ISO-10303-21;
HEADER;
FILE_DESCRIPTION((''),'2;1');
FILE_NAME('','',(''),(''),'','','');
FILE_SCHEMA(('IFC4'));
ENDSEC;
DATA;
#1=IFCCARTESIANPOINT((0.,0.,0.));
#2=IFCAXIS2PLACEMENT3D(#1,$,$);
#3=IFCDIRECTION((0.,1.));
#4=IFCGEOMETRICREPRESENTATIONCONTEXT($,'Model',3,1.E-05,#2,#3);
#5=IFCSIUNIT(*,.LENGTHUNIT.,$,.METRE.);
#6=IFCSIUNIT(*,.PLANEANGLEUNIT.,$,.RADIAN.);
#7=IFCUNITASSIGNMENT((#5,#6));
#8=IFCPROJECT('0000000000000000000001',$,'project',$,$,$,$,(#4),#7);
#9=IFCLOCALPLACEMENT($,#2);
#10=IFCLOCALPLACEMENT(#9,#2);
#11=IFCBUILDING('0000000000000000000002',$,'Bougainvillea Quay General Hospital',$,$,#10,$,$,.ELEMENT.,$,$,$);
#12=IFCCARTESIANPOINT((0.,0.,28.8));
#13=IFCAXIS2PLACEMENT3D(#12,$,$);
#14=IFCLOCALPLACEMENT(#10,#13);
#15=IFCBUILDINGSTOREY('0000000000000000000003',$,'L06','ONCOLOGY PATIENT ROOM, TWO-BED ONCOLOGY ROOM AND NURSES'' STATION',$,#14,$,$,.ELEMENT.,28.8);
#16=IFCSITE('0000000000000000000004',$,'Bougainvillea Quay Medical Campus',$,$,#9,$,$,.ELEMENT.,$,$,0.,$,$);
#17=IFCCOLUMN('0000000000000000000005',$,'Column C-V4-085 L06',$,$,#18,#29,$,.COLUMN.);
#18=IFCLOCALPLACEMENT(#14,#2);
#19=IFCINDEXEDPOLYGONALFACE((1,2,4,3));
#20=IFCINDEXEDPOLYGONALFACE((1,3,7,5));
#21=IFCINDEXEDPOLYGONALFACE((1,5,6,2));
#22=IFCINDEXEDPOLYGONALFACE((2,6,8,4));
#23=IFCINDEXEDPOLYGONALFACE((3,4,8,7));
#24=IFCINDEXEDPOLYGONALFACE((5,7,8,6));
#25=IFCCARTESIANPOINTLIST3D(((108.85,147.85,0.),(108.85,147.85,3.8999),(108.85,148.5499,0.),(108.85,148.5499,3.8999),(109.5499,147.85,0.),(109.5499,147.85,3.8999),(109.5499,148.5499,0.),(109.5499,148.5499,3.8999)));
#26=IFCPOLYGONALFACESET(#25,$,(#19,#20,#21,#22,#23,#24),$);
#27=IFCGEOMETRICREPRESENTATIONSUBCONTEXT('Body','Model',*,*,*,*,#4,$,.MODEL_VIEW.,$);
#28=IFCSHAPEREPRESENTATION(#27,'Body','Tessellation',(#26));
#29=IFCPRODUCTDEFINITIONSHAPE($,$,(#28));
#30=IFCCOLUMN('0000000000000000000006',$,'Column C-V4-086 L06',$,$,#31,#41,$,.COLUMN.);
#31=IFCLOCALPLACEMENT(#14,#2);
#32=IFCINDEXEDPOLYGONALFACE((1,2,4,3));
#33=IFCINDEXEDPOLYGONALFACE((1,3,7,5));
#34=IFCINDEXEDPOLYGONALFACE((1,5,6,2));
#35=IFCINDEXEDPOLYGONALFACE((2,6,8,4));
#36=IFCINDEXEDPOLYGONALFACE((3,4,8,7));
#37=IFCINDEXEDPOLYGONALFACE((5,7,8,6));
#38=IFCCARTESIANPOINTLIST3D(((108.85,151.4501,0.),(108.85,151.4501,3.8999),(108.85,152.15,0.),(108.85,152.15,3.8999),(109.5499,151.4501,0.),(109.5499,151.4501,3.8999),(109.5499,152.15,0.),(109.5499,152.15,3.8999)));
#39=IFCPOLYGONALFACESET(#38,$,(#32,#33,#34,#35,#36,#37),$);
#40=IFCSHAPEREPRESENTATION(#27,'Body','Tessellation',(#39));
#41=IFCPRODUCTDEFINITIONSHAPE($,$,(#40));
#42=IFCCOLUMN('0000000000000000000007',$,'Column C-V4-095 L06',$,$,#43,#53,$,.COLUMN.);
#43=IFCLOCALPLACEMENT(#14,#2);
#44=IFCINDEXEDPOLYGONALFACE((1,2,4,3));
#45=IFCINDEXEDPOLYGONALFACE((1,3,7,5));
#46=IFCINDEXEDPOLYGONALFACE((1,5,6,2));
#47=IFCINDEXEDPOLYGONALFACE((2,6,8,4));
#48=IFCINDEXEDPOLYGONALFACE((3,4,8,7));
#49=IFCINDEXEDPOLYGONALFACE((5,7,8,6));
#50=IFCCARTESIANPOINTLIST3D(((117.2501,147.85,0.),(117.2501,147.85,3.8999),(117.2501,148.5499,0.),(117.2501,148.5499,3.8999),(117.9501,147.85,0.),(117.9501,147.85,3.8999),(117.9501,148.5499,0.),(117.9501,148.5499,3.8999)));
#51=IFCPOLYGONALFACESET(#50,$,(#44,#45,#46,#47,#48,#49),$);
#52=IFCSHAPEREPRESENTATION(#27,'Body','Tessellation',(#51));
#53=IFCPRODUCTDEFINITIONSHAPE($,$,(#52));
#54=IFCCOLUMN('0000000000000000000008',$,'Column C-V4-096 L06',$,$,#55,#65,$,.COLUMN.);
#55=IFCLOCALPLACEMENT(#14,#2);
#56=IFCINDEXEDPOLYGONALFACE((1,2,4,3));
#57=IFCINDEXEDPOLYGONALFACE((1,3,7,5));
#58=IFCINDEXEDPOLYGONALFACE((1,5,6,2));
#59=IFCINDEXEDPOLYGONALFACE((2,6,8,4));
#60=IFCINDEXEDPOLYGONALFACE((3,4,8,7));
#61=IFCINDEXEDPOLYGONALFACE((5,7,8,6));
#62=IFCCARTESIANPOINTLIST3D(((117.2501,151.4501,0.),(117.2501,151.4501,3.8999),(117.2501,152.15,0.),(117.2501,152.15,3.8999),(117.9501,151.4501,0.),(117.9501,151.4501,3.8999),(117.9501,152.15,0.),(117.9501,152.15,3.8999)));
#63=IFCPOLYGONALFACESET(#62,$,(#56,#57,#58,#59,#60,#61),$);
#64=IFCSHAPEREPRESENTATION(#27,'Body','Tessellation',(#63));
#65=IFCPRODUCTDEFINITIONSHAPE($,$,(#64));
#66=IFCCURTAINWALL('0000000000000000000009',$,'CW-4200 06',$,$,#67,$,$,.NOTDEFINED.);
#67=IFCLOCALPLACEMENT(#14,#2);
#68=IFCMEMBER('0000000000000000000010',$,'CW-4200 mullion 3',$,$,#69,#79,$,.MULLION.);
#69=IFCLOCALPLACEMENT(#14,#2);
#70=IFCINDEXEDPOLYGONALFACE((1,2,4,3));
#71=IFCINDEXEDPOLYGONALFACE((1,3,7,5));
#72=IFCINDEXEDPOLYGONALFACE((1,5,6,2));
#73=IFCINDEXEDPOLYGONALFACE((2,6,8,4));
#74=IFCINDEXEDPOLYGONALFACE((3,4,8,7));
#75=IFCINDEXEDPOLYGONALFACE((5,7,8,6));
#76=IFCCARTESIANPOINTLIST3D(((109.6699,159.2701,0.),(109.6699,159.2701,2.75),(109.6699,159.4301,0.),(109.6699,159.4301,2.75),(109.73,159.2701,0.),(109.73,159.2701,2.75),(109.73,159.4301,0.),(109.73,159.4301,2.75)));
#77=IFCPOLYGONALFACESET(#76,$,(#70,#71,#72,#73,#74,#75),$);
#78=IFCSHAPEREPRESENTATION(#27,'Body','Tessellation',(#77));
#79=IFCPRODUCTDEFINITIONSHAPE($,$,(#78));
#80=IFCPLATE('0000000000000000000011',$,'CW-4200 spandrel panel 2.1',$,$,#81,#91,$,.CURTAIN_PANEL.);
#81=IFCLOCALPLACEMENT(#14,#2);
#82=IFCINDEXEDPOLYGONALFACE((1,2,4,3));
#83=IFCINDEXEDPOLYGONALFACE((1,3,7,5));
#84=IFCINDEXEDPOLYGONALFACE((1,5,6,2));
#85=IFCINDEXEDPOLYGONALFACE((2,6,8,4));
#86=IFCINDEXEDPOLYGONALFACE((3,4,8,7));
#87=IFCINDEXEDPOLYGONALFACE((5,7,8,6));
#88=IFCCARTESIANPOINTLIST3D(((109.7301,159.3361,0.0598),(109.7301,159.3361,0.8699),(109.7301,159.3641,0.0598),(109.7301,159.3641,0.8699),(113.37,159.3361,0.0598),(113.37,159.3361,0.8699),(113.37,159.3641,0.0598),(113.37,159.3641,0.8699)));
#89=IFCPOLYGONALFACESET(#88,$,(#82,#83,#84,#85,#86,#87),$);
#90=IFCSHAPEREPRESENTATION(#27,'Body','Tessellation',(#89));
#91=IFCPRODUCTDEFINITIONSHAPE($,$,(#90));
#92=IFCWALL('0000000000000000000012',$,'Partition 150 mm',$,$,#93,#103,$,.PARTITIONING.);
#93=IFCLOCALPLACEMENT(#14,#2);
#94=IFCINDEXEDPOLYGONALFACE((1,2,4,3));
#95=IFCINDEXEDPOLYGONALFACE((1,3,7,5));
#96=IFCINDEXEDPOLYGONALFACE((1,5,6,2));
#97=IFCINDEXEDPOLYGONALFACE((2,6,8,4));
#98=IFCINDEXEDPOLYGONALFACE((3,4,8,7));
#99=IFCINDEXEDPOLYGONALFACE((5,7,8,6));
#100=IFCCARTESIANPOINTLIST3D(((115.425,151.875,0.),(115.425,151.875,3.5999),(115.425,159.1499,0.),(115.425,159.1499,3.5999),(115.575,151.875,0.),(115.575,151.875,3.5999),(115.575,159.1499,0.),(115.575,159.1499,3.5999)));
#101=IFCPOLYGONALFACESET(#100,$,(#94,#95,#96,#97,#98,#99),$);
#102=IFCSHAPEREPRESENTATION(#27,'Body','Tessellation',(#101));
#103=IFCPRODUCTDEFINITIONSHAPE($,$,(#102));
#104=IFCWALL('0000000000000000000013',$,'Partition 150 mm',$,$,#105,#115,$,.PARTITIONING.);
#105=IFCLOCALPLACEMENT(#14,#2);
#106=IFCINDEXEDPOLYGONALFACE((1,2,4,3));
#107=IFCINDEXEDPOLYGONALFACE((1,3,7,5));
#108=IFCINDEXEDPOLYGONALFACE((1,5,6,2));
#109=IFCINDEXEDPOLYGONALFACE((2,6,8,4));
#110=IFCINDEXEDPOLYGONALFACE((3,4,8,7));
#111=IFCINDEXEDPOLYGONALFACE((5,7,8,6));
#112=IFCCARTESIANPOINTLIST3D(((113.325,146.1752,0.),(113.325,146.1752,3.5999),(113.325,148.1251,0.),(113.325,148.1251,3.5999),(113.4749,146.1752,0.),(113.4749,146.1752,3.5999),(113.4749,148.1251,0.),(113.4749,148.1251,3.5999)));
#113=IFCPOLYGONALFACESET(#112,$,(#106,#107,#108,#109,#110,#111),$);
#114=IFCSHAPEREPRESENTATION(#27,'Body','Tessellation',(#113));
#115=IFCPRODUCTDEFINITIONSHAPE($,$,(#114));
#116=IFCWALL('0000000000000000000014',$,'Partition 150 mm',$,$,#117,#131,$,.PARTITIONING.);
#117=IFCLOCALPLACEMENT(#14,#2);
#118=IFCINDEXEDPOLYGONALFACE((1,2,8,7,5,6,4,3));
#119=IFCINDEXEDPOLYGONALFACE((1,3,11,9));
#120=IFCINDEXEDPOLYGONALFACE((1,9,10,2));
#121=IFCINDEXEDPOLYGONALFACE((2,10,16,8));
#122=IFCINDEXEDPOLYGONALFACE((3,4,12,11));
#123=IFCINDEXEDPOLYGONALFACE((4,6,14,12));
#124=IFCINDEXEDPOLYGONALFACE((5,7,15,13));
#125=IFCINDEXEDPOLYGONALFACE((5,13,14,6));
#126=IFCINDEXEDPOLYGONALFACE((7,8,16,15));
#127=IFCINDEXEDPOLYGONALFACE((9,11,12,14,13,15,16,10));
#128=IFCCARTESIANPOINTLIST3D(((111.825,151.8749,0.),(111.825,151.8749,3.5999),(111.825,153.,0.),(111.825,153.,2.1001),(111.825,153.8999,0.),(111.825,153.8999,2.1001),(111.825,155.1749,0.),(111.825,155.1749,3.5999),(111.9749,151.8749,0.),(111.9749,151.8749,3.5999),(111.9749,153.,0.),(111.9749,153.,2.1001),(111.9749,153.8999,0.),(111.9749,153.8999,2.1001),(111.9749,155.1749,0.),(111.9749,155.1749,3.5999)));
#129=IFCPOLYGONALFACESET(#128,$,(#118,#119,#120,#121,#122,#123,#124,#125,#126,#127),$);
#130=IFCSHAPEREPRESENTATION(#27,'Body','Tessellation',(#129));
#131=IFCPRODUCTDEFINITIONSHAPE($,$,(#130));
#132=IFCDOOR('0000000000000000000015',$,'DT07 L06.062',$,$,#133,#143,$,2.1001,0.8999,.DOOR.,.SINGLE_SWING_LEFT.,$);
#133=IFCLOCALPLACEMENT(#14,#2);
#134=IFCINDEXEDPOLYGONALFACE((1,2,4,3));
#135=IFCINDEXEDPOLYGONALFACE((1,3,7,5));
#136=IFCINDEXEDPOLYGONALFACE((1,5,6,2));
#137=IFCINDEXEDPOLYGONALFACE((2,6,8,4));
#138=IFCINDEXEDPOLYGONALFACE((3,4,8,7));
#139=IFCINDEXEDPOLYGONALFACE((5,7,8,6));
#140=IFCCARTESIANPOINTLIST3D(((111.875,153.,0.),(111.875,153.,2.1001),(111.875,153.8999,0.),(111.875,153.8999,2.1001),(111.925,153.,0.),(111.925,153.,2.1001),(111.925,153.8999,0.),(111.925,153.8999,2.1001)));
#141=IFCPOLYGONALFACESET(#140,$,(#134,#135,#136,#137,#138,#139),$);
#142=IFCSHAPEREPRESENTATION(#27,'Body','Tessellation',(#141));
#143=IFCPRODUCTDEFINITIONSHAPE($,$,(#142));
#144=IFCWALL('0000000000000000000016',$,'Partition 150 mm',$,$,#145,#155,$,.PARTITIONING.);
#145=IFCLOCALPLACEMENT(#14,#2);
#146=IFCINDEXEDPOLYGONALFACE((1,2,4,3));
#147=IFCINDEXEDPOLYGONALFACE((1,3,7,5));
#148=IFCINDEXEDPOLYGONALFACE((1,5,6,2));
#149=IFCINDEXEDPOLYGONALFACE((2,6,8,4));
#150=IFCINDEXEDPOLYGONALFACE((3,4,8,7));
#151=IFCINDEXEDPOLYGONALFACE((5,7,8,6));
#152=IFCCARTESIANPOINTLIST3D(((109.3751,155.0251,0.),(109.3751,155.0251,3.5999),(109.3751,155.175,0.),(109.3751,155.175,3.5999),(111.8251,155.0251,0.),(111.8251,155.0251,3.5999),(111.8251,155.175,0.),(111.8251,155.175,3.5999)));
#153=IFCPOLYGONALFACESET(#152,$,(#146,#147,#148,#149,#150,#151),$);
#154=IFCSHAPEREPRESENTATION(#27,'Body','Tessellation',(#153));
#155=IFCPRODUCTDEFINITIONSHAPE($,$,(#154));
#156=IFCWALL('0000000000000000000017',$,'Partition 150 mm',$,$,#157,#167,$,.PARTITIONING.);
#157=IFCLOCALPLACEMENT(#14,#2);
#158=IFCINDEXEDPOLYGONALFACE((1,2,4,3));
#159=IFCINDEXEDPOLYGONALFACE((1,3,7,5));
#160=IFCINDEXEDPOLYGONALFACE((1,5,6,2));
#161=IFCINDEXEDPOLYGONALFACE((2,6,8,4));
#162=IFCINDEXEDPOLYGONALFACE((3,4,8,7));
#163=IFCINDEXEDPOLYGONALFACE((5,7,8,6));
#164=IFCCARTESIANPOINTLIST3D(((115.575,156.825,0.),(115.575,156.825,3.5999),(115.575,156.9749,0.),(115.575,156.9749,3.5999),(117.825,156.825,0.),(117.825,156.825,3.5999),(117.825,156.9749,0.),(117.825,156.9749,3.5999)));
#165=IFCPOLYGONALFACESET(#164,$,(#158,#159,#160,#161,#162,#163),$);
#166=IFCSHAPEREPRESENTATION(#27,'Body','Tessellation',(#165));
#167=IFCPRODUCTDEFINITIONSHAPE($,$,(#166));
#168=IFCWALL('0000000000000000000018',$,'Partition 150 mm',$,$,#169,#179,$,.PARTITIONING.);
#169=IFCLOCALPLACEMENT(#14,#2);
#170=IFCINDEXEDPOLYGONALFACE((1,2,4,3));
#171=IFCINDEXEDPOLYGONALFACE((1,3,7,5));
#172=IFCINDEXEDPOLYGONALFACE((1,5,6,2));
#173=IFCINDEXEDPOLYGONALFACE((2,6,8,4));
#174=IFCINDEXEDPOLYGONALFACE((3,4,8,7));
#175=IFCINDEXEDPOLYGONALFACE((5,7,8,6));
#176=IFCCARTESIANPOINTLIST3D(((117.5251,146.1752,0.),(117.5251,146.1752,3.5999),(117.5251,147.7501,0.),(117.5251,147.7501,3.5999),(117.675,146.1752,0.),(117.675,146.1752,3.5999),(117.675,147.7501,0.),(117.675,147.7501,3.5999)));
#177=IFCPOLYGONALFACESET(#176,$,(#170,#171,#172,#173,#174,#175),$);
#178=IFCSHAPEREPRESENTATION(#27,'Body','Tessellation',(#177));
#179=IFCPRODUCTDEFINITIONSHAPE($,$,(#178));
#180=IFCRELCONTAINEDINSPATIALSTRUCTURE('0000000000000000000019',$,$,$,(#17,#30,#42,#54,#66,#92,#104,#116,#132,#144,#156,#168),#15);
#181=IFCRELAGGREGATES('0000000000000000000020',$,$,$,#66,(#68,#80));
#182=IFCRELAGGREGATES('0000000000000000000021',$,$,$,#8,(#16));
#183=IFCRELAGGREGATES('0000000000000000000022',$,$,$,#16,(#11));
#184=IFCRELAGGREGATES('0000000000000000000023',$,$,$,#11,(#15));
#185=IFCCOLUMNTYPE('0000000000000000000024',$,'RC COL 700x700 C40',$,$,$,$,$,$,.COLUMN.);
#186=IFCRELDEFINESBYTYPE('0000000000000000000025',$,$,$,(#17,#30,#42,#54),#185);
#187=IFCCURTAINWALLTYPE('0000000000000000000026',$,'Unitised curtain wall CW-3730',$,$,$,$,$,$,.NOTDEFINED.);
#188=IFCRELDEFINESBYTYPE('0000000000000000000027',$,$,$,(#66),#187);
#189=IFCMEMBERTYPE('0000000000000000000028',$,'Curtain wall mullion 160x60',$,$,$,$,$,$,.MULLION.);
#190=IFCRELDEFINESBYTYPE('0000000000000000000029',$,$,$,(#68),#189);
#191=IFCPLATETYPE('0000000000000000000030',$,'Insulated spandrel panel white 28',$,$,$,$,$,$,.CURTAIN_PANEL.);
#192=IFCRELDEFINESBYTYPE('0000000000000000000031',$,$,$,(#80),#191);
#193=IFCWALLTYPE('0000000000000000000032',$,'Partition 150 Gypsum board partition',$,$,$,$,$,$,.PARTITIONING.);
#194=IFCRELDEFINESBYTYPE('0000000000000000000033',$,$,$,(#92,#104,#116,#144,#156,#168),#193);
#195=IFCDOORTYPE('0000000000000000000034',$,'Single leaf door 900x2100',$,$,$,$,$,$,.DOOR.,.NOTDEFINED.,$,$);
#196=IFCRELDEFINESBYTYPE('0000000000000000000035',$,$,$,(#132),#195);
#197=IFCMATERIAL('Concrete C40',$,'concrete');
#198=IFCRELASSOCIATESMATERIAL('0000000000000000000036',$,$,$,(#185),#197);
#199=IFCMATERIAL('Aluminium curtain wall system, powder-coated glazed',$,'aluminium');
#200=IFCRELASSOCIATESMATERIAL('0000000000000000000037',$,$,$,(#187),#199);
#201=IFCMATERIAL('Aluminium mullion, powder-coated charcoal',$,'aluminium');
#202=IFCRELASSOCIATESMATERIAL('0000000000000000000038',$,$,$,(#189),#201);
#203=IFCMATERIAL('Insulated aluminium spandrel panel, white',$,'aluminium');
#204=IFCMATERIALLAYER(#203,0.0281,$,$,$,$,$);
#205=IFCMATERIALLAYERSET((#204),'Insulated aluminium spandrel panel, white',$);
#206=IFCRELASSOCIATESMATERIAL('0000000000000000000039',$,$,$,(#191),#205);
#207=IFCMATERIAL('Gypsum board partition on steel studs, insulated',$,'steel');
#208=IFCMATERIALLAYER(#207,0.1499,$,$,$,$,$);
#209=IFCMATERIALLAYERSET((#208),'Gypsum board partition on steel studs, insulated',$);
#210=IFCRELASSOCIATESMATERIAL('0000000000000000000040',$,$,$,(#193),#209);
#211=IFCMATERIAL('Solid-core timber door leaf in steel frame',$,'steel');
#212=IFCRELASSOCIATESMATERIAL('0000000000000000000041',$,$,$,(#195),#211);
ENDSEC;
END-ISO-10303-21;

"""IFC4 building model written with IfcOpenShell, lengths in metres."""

from ifc_helpers import new_model, si_unit, direction, frame, frame_2d, origin, origin_2d, place, context, subcontext, project, spatial, rectangle, extrude, material, layer, layer_set, material_profile, profile_set, type_object, element, fill, aggregate, save


model = new_model("IFC4")

# Units and contexts
model_context = context("Model", 3, precision=1e-05, world=origin(), true_north=direction((0.0, 1.0)))
body_context = subcontext(model_context, "Body", "Model", "MODEL_VIEW")
ifc_project = project(units=[si_unit("LENGTHUNIT", "METRE"), si_unit("PLANEANGLEUNIT", "RADIAN")], contexts=[model_context])

# Site, building, storey
site_placement = place(None, origin())
site = spatial("IfcSite", under=ifc_project, at=site_placement, Name="Bougainvillea Quay Medical Campus", CompositionType="ELEMENT", RefElevation=0.0)
building_placement = place(site_placement, origin())
building = spatial("IfcBuilding", under=site, at=building_placement, Name="Bougainvillea Quay General Hospital", CompositionType="ELEMENT")
storey_placement = place(building_placement, frame((0.0, 0.0, 28.8)))
storey = spatial("IfcBuildingStorey", under=building, at=storey_placement, Name="L06", Description="ONCOLOGY PATIENT ROOM, TWO-BED ONCOLOGY ROOM AND NURSES' STATION", CompositionType="ELEMENT", Elevation=28.8)

# Columns
ifc_material_1 = material(Name="Concrete C40", Category="concrete")
ifc_material_profile_1 = material_profile(ifc_material_1, rectangle(XDim=0.7, YDim=0.7, at=origin_2d()))
ifc_profile_set_1 = profile_set([ifc_material_profile_1], Name="Concrete C40")
column_type = type_object("IfcColumnType", Name="RC COL 700x700 C40", PredefinedType="COLUMN", material=ifc_profile_set_1)
for number, where, z_axis, x_axis, name in (
    (1, (109.2, 148.2, 0.0), (0.0, 0.0, 1.0), (1.0, 0.0, 0.0), "Column C-V4-085 L06"),
    (2, (109.2, 151.8, 0.0), (0.0, 0.0, 1.0), (1.0, 0.0, 0.0), "Column C-V4-086 L06"),
    (3, (117.6001, 148.2, 0.0), (0.0, 0.0, 1.0), (1.0, 0.0, 0.0), "Column C-V4-095 L06"),
    (4, (117.6001, 151.8, 0.0), (0.0, 0.0, 1.0), (1.0, 0.0, 0.0), "Column C-V4-096 L06"),
):
    element("IfcColumn", number, at=place(storey_placement, frame(where, z_axis=z_axis, x_axis=x_axis)), inside=storey, type_object=column_type, Name=name, PredefinedType="COLUMN", context=body_context, shape_type="SweptSolid", body=[
        extrude(rectangle(XDim=0.7, YDim=0.7, at=origin_2d()), origin(), (0.0, 0.0, 1.0), 3.8999),
    ])

# Curtain wall, member, plate
ifc_material_2 = material(Name="Aluminium curtain wall system, powder-coated glazed", Category="aluminium")
curtain_wall_type = type_object("IfcCurtainWallType", Name="Unitised curtain wall CW-3730", PredefinedType="NOTDEFINED", material=ifc_material_2)
curtain_wall_placement = place(storey_placement, origin())
curtain_wall = element("IfcCurtainWall", 5, at=curtain_wall_placement, inside=storey, type_object=curtain_wall_type, Name="CW-4200 06", PredefinedType="NOTDEFINED")
ifc_material_3 = material(Name="Aluminium mullion, powder-coated charcoal", Category="aluminium")
ifc_material_profile_2 = material_profile(ifc_material_3, rectangle(XDim=0.1599, YDim=0.0601, at=origin_2d()))
ifc_profile_set_2 = profile_set([ifc_material_profile_2], Name="Aluminium mullion, powder-coated charcoal")
member_type = type_object("IfcMemberType", Name="Curtain wall mullion 160x60", PredefinedType="MULLION", material=ifc_profile_set_2)
member_placement = place(storey_placement, frame((109.7, 159.3501, 0.0), z_axis=(0.0, 0.0, 1.0), x_axis=(0.0, -1.0, 0.0)))
member = element("IfcMember", 6, at=member_placement, type_object=member_type, Name="CW-4200 mullion 3", PredefinedType="MULLION", context=body_context, shape_type="SweptSolid", body=[
    extrude(rectangle(XDim=0.1599, YDim=0.0601, at=origin_2d()), origin(), (0.0, 0.0, 1.0), 2.75),
])
ifc_material_4 = material(Name="Insulated aluminium spandrel panel, white", Category="aluminium")
ifc_layer_1 = layer(ifc_material_4, 0.0281)
ifc_layer_set_1 = layer_set([ifc_layer_1], Name="Insulated aluminium spandrel panel, white")
plate_type = type_object("IfcPlateType", Name="Insulated spandrel panel white 28", PredefinedType="CURTAIN_PANEL", material=ifc_layer_set_1)
plate_placement = place(storey_placement, frame((111.55, 159.3501, 0.0598), z_axis=(0.0, 0.0, 1.0), x_axis=(-1.0, 0.0, 0.0)))
plate = element("IfcPlate", 7, at=plate_placement, type_object=plate_type, Name="CW-4200 spandrel panel 2.1", PredefinedType="CURTAIN_PANEL", context=body_context, shape_type="SweptSolid", body=[
    extrude(rectangle(XDim=3.6399, YDim=0.0281, at=origin_2d()), origin(), (0.0, 0.0, 1.0), 0.8101),
])
aggregate(curtain_wall, [member, plate])

# Walls
ifc_material_5 = material(Name="Gypsum board partition on steel studs, insulated", Category="steel")
ifc_layer_2 = layer(ifc_material_5, 0.1499)
ifc_layer_set_2 = layer_set([ifc_layer_2], Name="Gypsum board partition on steel studs, insulated")
wall_type_1 = type_object("IfcWallType", Name="Partition 150 Gypsum board partition", PredefinedType="PARTITIONING", material=ifc_layer_set_2)
wall_1_placement = place(storey_placement, frame((115.5, 159.1499, 0.0), z_axis=(0.0, 0.0, 1.0), x_axis=(0.0, -1.0, 0.0)))
element("IfcWall", 8, at=wall_1_placement, inside=storey, type_object=wall_type_1, Name="Partition 150 mm", PredefinedType="PARTITIONING", context=body_context, shape_type="SweptSolid", body=[
    extrude(rectangle(XDim=7.2749, YDim=0.1499, at=frame_2d((3.6375, 0.0))), origin(), (0.0, 0.0, 1.0), 3.5999),
])
wall_2_placement = place(storey_placement, frame((113.3999, 146.175, 0.0), z_axis=(0.0, 0.0, 1.0), x_axis=(0.0, 1.0, 0.0)))
element("IfcWall", 9, at=wall_2_placement, inside=storey, type_object=wall_type_1, Name="Partition 150 mm", PredefinedType="PARTITIONING", context=body_context, shape_type="SweptSolid", body=[
    extrude(rectangle(XDim=1.95, YDim=0.1499, at=frame_2d((0.9751, 0.0))), origin(), (0.0, 0.0, 1.0), 3.5999),
])

# Wall, opening, door
wall_3_placement = place(storey_placement, frame((111.8999, 151.875, 0.0), z_axis=(0.0, 0.0, 1.0), x_axis=(0.0, 1.0, 0.0)))
wall_3 = element("IfcWall", 10, at=wall_3_placement, inside=storey, type_object=wall_type_1, Name="Partition 150 mm", PredefinedType="PARTITIONING", context=body_context, shape_type="SweptSolid", body=[
    extrude(rectangle(XDim=3.3, YDim=0.1499, at=frame_2d((1.6499, 0.0))), origin(), (0.0, 0.0, 1.0), 3.5999),
])
opening_1_placement = place(wall_3_placement, frame((1.125, 0.0, 0.0)))
opening_1 = element("IfcOpeningElement", 11, at=opening_1_placement, cuts=wall_3, PredefinedType="OPENING", context=body_context, shape_type="SweptSolid", body=[
    extrude(rectangle(XDim=0.8999, YDim=2.1001, at=frame_2d((0.45, 1.05))), frame((0.0, 0.085, 0.0), z_axis=(0.0, -1.0, 0.0), x_axis=(1.0, 0.0, 0.0)), (0.0, 0.0, 1.0), 0.1699),
])
ifc_material_6 = material(Name="Solid-core timber door leaf in steel frame", Category="steel")
door_type_1 = type_object("IfcDoorType", Name="Single leaf door 900x2100", OperationType="NOTDEFINED", PredefinedType="DOOR", material=ifc_material_6)
door_1_placement = place(opening_1_placement, origin())
door_1 = element("IfcDoor", 12, at=door_1_placement, inside=storey, type_object=door_type_1, Name="DT07 L06.062", OperationType="SINGLE_SWING_LEFT", OverallHeight=2.1001, OverallWidth=0.8999, PredefinedType="DOOR", context=body_context, shape_type="SweptSolid", body=[
    extrude(rectangle(XDim=0.8999, YDim=2.1001, at=frame_2d((0.45, 1.05))), frame((0.0, 0.0249, 0.0), z_axis=(0.0, -1.0, 0.0), x_axis=(1.0, 0.0, 0.0)), (0.0, 0.0, 1.0), 0.05),
])
fill(opening_1, door_1)

# Walls
wall_4_placement = place(storey_placement, frame((109.375, 155.1001, 0.0), z_axis=(0.0, 0.0, 1.0), x_axis=(1.0, 0.0, 0.0)))
element("IfcWall", 13, at=wall_4_placement, inside=storey, type_object=wall_type_1, Name="Partition 150 mm", PredefinedType="PARTITIONING", context=body_context, shape_type="SweptSolid", body=[
    extrude(rectangle(XDim=2.45, YDim=0.1499, at=frame_2d((1.2251, 0.0))), origin(), (0.0, 0.0, 1.0), 3.5999),
])
wall_5_placement = place(storey_placement, frame((115.575, 156.8999, 0.0), z_axis=(0.0, 0.0, 1.0), x_axis=(1.0, 0.0, 0.0)))
element("IfcWall", 14, at=wall_5_placement, inside=storey, type_object=wall_type_1, Name="Partition 150 mm", PredefinedType="PARTITIONING", context=body_context, shape_type="SweptSolid", body=[
    extrude(rectangle(XDim=2.25, YDim=0.1499, at=frame_2d((1.125, 0.0))), origin(), (0.0, 0.0, 1.0), 3.5999),
])
wall_6_placement = place(storey_placement, frame((117.6001, 146.175, 0.0), z_axis=(0.0, 0.0, 1.0), x_axis=(0.0, 1.0, 0.0)))
element("IfcWall", 15, at=wall_6_placement, inside=storey, type_object=wall_type_1, Name="Partition 150 mm", PredefinedType="PARTITIONING", context=body_context, shape_type="SweptSolid", body=[
    extrude(rectangle(XDim=1.575, YDim=0.1499, at=frame_2d((0.7876, 0.0))), origin(), (0.0, 0.0, 1.0), 3.5999),
])

save(model, "model.ifc")
